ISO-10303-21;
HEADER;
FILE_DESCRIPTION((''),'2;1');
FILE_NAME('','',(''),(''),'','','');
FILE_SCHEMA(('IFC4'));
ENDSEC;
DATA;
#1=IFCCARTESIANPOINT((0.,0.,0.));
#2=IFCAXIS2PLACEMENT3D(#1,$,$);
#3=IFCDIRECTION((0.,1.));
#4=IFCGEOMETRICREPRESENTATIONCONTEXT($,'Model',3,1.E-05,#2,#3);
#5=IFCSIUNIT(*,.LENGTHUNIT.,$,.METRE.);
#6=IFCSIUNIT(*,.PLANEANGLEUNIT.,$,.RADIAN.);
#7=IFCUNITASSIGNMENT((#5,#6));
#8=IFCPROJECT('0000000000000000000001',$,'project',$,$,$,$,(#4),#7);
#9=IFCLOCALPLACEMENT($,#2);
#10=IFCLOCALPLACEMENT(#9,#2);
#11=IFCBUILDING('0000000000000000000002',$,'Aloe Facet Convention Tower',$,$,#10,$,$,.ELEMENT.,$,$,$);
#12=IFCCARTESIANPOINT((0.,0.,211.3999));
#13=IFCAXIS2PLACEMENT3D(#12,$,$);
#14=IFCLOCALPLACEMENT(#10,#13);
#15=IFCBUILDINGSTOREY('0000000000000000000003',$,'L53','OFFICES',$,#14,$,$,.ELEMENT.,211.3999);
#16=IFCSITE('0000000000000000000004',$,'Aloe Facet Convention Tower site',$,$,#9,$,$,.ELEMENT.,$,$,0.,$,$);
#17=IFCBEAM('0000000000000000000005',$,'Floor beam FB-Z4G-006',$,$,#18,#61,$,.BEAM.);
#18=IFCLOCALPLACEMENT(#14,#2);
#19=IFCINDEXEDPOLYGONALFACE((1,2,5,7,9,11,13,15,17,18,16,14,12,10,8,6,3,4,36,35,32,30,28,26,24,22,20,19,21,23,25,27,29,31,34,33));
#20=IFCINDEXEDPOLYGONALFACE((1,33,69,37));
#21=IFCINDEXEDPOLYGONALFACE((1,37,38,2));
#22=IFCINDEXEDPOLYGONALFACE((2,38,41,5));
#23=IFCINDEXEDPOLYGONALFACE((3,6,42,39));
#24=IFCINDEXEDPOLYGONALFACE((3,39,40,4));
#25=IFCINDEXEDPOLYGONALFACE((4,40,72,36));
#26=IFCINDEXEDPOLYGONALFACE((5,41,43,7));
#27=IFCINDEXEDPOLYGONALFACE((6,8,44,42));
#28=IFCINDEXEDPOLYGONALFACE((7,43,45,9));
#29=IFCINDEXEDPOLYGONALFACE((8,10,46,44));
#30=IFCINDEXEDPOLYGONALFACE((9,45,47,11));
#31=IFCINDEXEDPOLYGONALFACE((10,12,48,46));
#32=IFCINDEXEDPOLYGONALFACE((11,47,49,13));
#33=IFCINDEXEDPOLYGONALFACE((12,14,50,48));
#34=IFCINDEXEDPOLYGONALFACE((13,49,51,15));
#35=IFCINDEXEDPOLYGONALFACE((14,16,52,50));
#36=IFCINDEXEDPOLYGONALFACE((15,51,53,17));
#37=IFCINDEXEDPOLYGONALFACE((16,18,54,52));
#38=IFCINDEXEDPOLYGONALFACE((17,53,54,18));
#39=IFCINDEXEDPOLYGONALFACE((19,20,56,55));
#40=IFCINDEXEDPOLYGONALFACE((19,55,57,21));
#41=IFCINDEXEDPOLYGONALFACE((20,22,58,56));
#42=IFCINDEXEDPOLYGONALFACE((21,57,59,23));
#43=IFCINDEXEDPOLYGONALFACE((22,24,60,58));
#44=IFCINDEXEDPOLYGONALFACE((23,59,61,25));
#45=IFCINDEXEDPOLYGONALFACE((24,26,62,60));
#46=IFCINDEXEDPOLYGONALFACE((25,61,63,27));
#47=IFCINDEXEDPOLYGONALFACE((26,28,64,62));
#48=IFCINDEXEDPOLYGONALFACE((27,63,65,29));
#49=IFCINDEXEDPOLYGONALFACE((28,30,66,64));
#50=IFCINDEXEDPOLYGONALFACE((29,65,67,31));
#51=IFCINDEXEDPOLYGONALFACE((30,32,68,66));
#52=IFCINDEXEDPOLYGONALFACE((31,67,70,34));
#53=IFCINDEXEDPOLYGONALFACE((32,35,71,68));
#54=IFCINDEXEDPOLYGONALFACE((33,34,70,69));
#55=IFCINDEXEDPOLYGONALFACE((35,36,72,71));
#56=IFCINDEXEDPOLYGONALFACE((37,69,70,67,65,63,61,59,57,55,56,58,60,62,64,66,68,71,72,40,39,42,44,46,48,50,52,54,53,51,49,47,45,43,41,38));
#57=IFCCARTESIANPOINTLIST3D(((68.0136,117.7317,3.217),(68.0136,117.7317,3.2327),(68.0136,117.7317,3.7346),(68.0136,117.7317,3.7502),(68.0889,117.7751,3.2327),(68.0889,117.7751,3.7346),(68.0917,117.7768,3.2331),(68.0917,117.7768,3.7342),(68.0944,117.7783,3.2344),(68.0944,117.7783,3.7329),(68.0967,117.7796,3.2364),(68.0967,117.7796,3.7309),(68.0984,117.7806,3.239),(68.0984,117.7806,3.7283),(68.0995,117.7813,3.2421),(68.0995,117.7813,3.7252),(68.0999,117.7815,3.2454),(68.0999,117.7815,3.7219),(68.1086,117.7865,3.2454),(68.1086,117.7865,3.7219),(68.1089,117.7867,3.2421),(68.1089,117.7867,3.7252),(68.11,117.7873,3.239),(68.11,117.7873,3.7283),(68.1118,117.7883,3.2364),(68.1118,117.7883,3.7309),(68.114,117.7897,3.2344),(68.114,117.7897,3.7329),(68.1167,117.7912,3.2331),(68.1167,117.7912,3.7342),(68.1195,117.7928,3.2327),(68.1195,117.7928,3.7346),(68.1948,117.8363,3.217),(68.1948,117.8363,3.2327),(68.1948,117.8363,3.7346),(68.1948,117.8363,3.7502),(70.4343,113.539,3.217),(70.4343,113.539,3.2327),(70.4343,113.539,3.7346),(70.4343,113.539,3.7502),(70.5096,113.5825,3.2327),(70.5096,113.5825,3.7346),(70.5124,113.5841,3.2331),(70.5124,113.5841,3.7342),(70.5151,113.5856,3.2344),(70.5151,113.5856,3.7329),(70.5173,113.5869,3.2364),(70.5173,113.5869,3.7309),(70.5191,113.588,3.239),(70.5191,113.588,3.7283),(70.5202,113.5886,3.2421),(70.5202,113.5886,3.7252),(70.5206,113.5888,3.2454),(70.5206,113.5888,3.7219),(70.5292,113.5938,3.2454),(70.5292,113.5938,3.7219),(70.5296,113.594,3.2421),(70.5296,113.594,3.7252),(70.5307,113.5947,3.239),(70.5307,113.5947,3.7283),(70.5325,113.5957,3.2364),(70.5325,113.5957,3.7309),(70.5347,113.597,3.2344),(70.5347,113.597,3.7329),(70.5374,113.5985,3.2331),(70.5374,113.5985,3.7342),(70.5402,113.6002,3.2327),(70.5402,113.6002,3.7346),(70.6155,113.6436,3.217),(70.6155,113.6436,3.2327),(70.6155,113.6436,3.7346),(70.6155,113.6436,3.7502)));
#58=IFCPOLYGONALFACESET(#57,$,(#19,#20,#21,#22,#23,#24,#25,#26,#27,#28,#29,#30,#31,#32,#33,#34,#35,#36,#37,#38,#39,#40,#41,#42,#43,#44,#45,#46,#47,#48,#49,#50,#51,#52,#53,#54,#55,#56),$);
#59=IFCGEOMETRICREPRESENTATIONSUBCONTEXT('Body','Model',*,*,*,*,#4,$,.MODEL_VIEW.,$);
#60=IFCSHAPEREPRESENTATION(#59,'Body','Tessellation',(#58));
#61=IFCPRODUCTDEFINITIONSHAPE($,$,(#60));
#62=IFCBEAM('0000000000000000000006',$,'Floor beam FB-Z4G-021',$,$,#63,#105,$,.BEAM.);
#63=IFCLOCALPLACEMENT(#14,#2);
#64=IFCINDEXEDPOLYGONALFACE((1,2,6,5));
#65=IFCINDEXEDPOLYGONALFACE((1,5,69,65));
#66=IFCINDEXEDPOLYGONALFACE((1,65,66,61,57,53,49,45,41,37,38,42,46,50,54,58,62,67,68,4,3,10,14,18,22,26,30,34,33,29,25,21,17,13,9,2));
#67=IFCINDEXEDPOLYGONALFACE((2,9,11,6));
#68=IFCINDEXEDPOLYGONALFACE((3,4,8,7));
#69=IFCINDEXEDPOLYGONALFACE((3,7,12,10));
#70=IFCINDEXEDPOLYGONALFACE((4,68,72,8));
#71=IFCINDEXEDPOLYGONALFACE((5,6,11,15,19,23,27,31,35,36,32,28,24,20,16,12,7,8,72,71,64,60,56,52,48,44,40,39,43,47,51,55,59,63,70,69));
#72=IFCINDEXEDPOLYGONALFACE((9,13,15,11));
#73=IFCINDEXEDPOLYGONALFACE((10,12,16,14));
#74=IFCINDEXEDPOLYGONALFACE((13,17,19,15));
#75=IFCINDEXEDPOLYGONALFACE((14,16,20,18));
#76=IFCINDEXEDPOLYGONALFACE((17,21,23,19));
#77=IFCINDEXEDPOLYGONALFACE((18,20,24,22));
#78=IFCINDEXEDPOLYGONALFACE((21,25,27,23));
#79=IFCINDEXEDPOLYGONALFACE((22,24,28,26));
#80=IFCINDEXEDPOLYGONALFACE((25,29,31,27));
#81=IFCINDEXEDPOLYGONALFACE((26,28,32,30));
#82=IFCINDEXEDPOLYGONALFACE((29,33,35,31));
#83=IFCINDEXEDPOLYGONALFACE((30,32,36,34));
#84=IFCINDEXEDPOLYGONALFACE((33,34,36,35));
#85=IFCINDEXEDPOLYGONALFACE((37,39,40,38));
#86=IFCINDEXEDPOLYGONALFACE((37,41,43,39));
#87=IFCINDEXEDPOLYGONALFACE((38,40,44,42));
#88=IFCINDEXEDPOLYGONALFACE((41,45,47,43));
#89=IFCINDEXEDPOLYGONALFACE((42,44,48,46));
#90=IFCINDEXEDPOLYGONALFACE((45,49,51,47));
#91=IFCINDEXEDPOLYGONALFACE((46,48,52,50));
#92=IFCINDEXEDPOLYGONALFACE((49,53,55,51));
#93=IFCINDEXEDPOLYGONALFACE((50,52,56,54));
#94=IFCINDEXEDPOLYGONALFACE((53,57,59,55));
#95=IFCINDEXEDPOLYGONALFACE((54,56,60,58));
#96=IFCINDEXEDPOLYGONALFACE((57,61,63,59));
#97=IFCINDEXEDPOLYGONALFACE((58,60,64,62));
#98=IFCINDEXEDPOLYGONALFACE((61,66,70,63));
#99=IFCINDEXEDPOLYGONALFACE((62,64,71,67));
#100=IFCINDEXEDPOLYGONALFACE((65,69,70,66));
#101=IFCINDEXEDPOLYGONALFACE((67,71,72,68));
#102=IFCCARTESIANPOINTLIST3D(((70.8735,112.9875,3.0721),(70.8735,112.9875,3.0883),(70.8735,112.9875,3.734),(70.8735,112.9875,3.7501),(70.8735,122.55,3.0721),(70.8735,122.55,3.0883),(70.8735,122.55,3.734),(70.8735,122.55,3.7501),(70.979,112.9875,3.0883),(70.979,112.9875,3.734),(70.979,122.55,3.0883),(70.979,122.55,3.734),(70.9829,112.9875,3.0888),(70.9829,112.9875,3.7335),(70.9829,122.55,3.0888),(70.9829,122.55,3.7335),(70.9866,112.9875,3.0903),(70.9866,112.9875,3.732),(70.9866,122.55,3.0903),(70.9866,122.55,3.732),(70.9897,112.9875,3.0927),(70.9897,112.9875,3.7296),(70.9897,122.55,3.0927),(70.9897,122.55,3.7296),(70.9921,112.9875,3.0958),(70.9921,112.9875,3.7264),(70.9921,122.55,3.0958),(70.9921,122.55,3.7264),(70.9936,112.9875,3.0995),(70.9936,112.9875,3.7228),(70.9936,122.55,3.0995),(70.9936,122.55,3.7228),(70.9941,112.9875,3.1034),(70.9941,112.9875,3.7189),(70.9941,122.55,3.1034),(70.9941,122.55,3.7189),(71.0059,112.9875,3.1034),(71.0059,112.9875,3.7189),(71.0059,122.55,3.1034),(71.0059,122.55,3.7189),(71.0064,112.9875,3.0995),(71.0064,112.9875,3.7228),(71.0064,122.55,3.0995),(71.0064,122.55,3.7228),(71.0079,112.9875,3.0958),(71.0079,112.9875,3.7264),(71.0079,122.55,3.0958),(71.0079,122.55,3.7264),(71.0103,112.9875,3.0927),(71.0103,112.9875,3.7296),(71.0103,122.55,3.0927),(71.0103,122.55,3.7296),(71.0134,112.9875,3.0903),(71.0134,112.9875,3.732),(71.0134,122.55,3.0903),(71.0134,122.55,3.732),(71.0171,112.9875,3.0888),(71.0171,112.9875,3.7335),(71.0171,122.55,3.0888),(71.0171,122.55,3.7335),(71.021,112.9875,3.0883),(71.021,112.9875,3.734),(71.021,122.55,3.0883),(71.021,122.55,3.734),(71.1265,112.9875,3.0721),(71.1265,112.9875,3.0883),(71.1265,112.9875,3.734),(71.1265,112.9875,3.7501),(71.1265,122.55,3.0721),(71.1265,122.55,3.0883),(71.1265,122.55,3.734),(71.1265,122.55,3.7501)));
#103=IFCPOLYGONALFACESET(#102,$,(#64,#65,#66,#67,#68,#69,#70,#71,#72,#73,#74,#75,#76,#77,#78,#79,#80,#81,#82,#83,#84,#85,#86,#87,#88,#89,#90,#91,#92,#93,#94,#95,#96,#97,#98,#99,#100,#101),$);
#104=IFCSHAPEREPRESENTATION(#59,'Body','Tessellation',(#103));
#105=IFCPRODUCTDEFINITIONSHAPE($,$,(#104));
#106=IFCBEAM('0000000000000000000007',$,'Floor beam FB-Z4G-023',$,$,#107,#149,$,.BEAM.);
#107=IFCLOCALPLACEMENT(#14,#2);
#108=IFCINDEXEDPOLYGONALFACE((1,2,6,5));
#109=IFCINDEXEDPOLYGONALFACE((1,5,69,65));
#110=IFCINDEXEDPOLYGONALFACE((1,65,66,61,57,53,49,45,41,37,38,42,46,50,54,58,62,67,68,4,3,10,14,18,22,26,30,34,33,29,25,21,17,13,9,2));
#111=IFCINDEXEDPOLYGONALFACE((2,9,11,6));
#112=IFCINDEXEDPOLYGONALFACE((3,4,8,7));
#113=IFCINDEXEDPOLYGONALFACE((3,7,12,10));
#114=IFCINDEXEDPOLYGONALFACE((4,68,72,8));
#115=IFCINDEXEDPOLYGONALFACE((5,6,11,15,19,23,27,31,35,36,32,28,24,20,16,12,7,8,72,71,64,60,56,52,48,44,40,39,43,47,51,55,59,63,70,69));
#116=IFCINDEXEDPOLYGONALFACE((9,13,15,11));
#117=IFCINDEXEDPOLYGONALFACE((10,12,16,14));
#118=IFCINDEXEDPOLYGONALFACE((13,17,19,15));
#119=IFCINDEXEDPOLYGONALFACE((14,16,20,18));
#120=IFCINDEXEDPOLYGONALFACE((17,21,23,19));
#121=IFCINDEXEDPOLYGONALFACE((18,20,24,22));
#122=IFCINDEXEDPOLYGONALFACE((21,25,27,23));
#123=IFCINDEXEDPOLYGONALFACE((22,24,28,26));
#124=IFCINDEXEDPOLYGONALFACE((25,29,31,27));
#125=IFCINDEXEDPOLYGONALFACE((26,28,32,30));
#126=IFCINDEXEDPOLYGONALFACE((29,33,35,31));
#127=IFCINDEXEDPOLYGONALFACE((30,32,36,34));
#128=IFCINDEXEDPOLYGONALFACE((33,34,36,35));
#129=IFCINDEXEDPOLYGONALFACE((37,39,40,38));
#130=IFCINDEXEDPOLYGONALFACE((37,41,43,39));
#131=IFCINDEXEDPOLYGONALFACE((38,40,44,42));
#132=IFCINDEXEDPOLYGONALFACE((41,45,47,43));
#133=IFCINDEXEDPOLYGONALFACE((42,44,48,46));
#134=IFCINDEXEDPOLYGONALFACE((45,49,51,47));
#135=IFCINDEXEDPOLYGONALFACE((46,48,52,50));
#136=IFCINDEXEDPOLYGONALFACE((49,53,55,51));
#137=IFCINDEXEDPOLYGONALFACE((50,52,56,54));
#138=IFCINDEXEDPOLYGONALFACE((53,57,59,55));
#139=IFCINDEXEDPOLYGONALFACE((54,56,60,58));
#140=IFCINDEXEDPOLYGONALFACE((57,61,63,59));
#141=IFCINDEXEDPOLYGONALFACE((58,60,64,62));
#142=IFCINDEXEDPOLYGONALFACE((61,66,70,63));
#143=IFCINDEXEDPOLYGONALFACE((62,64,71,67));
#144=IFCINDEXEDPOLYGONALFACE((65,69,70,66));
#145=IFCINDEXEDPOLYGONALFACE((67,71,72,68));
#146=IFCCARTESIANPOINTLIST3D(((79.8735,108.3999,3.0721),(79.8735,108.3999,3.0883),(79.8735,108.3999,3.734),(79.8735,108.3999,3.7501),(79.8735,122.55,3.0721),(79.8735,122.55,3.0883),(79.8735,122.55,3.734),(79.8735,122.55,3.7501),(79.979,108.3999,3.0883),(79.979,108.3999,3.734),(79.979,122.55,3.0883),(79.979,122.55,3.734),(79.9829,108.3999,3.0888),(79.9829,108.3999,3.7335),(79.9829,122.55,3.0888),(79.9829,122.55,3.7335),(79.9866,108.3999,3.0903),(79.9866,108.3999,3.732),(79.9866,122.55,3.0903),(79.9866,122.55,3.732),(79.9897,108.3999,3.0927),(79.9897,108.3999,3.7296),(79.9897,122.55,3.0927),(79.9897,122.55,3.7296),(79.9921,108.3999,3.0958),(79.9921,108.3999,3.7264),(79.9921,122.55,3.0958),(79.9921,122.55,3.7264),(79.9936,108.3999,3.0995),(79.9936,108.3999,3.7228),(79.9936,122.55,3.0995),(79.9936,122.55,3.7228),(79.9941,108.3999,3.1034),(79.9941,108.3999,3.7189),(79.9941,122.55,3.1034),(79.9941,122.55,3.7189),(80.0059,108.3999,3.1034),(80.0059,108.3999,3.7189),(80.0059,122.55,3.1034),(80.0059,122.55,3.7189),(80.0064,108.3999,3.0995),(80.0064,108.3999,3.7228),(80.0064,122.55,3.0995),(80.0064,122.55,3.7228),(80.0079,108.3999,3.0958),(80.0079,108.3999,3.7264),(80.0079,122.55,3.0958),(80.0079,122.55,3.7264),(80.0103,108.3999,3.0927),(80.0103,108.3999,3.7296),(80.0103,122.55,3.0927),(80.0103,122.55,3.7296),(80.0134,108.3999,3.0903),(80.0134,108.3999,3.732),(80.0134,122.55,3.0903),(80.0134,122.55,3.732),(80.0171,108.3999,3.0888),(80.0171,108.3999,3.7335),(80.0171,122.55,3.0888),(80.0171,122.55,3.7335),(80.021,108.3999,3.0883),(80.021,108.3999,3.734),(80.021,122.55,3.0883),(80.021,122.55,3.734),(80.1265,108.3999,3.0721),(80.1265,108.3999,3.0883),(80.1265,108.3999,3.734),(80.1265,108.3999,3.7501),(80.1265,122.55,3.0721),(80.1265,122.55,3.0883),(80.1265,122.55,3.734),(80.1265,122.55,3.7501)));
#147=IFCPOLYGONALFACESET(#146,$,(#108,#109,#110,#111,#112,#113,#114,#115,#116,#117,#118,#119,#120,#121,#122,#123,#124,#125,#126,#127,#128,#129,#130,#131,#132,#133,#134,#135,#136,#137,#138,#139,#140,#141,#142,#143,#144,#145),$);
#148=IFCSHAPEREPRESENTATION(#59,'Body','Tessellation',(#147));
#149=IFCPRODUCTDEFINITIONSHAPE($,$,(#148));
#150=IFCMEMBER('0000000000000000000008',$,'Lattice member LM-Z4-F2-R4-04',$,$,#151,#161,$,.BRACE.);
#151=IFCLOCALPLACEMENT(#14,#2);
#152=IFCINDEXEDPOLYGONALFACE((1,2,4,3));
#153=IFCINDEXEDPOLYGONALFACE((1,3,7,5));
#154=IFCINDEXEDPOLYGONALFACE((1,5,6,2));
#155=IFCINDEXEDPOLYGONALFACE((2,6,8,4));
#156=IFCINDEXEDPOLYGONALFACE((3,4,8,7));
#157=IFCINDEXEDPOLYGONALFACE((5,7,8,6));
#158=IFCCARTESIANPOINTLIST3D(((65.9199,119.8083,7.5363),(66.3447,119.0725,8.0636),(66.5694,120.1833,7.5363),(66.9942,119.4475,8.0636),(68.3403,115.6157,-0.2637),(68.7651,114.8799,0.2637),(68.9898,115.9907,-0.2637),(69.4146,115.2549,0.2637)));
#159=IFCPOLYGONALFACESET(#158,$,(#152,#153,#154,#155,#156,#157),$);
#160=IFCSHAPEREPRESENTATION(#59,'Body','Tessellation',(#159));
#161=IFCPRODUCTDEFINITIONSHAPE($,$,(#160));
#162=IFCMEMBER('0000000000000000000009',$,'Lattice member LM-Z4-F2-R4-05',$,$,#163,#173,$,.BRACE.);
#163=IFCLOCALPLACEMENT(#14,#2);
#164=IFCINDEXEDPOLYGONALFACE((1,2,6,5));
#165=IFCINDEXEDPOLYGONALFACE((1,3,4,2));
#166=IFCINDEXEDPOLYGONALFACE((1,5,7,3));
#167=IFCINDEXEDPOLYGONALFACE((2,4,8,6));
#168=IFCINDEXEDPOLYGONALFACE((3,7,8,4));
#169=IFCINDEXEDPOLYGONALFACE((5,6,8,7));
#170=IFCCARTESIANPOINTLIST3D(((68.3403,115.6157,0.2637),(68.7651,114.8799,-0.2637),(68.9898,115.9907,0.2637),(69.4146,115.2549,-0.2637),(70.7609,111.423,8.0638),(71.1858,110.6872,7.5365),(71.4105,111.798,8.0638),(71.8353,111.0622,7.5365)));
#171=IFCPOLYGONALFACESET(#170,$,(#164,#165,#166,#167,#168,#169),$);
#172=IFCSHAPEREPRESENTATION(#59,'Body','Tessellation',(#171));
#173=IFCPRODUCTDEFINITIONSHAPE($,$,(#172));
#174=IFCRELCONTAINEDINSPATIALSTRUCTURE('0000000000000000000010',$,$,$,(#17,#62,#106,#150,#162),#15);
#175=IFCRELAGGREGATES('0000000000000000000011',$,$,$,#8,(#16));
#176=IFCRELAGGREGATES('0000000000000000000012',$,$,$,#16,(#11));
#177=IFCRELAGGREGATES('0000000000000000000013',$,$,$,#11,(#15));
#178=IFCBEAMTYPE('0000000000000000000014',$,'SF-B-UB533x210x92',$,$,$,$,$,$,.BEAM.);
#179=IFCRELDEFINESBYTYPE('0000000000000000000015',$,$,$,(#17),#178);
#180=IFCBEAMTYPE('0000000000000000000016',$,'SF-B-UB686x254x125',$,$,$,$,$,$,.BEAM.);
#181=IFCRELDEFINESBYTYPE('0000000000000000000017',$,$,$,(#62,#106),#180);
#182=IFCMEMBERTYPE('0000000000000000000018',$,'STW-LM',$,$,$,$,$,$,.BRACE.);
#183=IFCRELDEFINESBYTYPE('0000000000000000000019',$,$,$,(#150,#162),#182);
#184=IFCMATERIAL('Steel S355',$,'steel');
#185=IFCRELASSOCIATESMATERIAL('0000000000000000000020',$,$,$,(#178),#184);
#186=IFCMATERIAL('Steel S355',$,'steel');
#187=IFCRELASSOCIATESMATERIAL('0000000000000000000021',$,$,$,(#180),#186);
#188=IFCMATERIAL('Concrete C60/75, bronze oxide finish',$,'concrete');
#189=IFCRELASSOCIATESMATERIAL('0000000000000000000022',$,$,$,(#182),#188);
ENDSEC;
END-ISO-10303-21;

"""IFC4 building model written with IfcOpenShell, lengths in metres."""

from ifc_helpers import new_model, si_unit, direction, frame, origin, origin_2d, place, context, subcontext, project, spatial, rectangle, i_section, extrude, material, material_profile, profile_set, type_object, element, save


model = new_model("IFC4")

# Units and contexts
model_context = context("Model", 3, precision=1e-05, world=origin(), true_north=direction((0.0, 1.0)))
body_context = subcontext(model_context, "Body", "Model", "MODEL_VIEW")
ifc_project = project(units=[si_unit("LENGTHUNIT", "METRE"), si_unit("PLANEANGLEUNIT", "RADIAN")], contexts=[model_context])

# Site, building, storey
site_placement = place(None, origin())
site = spatial("IfcSite", under=ifc_project, at=site_placement, Name="Aloe Facet Convention Tower site", CompositionType="ELEMENT", RefElevation=0.0)
building_placement = place(site_placement, origin())
building = spatial("IfcBuilding", under=site, at=building_placement, Name="Aloe Facet Convention Tower", CompositionType="ELEMENT")
storey_placement = place(building_placement, frame((0.0, 0.0, 211.3999)))
storey = spatial("IfcBuildingStorey", under=building, at=storey_placement, Name="L53", Description="OFFICES", CompositionType="ELEMENT", Elevation=211.3999)

# Beams
ifc_material_1 = material(Name="Steel S355", Category="steel")
ifc_material_profile_1 = material_profile(ifc_material_1, i_section(OverallWidth=0.2092, OverallDepth=0.5332, WebThickness=0.01, FlangeThickness=0.0156, FilletRadius=0.0127, at=origin_2d()), Name="UB 533x210x92")
ifc_profile_set_1 = profile_set([ifc_material_profile_1], Name="Steel S355")
beam_type_1 = type_object("IfcBeamType", Name="SF-B-UB533x210x92", PredefinedType="BEAM", material=ifc_profile_set_1)
beam_1_placement = place(storey_placement, frame((70.5249, 113.5913, 3.4836), z_axis=(-0.500006, 0.866022, 0.0), x_axis=(-0.866022, -0.500006, 0.0)))
element("IfcBeam", 1, at=beam_1_placement, inside=storey, type_object=beam_type_1, Name="Floor beam FB-Z4G-006", PredefinedType="BEAM", context=body_context, shape_type="SweptSolid", body=[
    extrude(i_section(OverallWidth=0.2092, OverallDepth=0.5332, WebThickness=0.01, FlangeThickness=0.0156, FilletRadius=0.0127, at=origin_2d()), origin(), (0.0, 0.0, 1.0), 4.8413),
])
ifc_material_2 = material(Name="Steel S355", Category="steel")
ifc_material_profile_2 = material_profile(ifc_material_2, i_section(OverallWidth=0.2529, OverallDepth=0.678, WebThickness=0.0117, FlangeThickness=0.0161, FilletRadius=0.0151, at=origin_2d()), Name="UB 686x254x125")
ifc_profile_set_2 = profile_set([ifc_material_profile_2], Name="Steel S355")
beam_type_2 = type_object("IfcBeamType", Name="SF-B-UB686x254x125", PredefinedType="BEAM", material=ifc_profile_set_2)
beam_2_placement = place(storey_placement, frame((71.0, 122.55, 3.4111), z_axis=(0.0, -1.0, 0.0), x_axis=(1.0, 0.0, 0.0)))
element("IfcBeam", 2, at=beam_2_placement, inside=storey, type_object=beam_type_2, Name="Floor beam FB-Z4G-021", PredefinedType="BEAM", context=body_context, shape_type="SweptSolid", body=[
    extrude(i_section(OverallWidth=0.2529, OverallDepth=0.678, WebThickness=0.0117, FlangeThickness=0.0161, FilletRadius=0.0151, at=origin_2d()), origin(), (0.0, 0.0, 1.0), 9.5625),
])
beam_3_placement = place(storey_placement, frame((80.0, 122.55, 3.4111), z_axis=(0.0, -1.0, 0.0), x_axis=(1.0, 0.0, 0.0)))
element("IfcBeam", 3, at=beam_3_placement, inside=storey, type_object=beam_type_2, Name="Floor beam FB-Z4G-023", PredefinedType="BEAM", context=body_context, shape_type="SweptSolid", body=[
    extrude(i_section(OverallWidth=0.2529, OverallDepth=0.678, WebThickness=0.0117, FlangeThickness=0.0161, FilletRadius=0.0151, at=origin_2d()), origin(), (0.0, 0.0, 1.0), 14.1501),
])

# Members
ifc_material_3 = material(Name="Concrete C60/75, bronze oxide finish", Category="concrete")
ifc_material_profile_3 = material_profile(ifc_material_3, rectangle(XDim=0.75, YDim=1.0, at=origin_2d()), Name="STW-LM")
ifc_profile_set_3 = profile_set([ifc_material_profile_3], Name="Concrete C60/75, bronze oxide finish")
member_type = type_object("IfcMemberType", Name="STW-LM", PredefinedType="BRACE", material=ifc_profile_set_3)
member_1_placement = place(storey_placement, frame((68.8774, 115.4353, 0.0), z_axis=(-0.263654, 0.4567, 0.849654), x_axis=(-0.866044, -0.499968, 0.0)))
element("IfcMember", 4, at=member_1_placement, inside=storey, type_object=member_type, Name="Lattice member LM-Z4-F2-R4-04", PredefinedType="BRACE", context=body_context, shape_type="SweptSolid", body=[
    extrude(rectangle(XDim=0.75, YDim=1.0, at=origin_2d()), origin(), (0.0, 0.0, 1.0), 9.1802),
])
member_2_placement = place(storey_placement, frame((68.8774, 115.4353, 0.0), z_axis=(0.263678, -0.456697, 0.849648), x_axis=(0.866022, 0.500006, 0.0)))
element("IfcMember", 5, at=member_2_placement, inside=storey, type_object=member_type, Name="Lattice member LM-Z4-F2-R4-05", PredefinedType="BRACE", context=body_context, shape_type="SweptSolid", body=[
    extrude(rectangle(XDim=0.75, YDim=1.0, at=origin_2d()), origin(), (0.0, 0.0, 1.0), 9.1804),
])

save(model, "model.ifc")
